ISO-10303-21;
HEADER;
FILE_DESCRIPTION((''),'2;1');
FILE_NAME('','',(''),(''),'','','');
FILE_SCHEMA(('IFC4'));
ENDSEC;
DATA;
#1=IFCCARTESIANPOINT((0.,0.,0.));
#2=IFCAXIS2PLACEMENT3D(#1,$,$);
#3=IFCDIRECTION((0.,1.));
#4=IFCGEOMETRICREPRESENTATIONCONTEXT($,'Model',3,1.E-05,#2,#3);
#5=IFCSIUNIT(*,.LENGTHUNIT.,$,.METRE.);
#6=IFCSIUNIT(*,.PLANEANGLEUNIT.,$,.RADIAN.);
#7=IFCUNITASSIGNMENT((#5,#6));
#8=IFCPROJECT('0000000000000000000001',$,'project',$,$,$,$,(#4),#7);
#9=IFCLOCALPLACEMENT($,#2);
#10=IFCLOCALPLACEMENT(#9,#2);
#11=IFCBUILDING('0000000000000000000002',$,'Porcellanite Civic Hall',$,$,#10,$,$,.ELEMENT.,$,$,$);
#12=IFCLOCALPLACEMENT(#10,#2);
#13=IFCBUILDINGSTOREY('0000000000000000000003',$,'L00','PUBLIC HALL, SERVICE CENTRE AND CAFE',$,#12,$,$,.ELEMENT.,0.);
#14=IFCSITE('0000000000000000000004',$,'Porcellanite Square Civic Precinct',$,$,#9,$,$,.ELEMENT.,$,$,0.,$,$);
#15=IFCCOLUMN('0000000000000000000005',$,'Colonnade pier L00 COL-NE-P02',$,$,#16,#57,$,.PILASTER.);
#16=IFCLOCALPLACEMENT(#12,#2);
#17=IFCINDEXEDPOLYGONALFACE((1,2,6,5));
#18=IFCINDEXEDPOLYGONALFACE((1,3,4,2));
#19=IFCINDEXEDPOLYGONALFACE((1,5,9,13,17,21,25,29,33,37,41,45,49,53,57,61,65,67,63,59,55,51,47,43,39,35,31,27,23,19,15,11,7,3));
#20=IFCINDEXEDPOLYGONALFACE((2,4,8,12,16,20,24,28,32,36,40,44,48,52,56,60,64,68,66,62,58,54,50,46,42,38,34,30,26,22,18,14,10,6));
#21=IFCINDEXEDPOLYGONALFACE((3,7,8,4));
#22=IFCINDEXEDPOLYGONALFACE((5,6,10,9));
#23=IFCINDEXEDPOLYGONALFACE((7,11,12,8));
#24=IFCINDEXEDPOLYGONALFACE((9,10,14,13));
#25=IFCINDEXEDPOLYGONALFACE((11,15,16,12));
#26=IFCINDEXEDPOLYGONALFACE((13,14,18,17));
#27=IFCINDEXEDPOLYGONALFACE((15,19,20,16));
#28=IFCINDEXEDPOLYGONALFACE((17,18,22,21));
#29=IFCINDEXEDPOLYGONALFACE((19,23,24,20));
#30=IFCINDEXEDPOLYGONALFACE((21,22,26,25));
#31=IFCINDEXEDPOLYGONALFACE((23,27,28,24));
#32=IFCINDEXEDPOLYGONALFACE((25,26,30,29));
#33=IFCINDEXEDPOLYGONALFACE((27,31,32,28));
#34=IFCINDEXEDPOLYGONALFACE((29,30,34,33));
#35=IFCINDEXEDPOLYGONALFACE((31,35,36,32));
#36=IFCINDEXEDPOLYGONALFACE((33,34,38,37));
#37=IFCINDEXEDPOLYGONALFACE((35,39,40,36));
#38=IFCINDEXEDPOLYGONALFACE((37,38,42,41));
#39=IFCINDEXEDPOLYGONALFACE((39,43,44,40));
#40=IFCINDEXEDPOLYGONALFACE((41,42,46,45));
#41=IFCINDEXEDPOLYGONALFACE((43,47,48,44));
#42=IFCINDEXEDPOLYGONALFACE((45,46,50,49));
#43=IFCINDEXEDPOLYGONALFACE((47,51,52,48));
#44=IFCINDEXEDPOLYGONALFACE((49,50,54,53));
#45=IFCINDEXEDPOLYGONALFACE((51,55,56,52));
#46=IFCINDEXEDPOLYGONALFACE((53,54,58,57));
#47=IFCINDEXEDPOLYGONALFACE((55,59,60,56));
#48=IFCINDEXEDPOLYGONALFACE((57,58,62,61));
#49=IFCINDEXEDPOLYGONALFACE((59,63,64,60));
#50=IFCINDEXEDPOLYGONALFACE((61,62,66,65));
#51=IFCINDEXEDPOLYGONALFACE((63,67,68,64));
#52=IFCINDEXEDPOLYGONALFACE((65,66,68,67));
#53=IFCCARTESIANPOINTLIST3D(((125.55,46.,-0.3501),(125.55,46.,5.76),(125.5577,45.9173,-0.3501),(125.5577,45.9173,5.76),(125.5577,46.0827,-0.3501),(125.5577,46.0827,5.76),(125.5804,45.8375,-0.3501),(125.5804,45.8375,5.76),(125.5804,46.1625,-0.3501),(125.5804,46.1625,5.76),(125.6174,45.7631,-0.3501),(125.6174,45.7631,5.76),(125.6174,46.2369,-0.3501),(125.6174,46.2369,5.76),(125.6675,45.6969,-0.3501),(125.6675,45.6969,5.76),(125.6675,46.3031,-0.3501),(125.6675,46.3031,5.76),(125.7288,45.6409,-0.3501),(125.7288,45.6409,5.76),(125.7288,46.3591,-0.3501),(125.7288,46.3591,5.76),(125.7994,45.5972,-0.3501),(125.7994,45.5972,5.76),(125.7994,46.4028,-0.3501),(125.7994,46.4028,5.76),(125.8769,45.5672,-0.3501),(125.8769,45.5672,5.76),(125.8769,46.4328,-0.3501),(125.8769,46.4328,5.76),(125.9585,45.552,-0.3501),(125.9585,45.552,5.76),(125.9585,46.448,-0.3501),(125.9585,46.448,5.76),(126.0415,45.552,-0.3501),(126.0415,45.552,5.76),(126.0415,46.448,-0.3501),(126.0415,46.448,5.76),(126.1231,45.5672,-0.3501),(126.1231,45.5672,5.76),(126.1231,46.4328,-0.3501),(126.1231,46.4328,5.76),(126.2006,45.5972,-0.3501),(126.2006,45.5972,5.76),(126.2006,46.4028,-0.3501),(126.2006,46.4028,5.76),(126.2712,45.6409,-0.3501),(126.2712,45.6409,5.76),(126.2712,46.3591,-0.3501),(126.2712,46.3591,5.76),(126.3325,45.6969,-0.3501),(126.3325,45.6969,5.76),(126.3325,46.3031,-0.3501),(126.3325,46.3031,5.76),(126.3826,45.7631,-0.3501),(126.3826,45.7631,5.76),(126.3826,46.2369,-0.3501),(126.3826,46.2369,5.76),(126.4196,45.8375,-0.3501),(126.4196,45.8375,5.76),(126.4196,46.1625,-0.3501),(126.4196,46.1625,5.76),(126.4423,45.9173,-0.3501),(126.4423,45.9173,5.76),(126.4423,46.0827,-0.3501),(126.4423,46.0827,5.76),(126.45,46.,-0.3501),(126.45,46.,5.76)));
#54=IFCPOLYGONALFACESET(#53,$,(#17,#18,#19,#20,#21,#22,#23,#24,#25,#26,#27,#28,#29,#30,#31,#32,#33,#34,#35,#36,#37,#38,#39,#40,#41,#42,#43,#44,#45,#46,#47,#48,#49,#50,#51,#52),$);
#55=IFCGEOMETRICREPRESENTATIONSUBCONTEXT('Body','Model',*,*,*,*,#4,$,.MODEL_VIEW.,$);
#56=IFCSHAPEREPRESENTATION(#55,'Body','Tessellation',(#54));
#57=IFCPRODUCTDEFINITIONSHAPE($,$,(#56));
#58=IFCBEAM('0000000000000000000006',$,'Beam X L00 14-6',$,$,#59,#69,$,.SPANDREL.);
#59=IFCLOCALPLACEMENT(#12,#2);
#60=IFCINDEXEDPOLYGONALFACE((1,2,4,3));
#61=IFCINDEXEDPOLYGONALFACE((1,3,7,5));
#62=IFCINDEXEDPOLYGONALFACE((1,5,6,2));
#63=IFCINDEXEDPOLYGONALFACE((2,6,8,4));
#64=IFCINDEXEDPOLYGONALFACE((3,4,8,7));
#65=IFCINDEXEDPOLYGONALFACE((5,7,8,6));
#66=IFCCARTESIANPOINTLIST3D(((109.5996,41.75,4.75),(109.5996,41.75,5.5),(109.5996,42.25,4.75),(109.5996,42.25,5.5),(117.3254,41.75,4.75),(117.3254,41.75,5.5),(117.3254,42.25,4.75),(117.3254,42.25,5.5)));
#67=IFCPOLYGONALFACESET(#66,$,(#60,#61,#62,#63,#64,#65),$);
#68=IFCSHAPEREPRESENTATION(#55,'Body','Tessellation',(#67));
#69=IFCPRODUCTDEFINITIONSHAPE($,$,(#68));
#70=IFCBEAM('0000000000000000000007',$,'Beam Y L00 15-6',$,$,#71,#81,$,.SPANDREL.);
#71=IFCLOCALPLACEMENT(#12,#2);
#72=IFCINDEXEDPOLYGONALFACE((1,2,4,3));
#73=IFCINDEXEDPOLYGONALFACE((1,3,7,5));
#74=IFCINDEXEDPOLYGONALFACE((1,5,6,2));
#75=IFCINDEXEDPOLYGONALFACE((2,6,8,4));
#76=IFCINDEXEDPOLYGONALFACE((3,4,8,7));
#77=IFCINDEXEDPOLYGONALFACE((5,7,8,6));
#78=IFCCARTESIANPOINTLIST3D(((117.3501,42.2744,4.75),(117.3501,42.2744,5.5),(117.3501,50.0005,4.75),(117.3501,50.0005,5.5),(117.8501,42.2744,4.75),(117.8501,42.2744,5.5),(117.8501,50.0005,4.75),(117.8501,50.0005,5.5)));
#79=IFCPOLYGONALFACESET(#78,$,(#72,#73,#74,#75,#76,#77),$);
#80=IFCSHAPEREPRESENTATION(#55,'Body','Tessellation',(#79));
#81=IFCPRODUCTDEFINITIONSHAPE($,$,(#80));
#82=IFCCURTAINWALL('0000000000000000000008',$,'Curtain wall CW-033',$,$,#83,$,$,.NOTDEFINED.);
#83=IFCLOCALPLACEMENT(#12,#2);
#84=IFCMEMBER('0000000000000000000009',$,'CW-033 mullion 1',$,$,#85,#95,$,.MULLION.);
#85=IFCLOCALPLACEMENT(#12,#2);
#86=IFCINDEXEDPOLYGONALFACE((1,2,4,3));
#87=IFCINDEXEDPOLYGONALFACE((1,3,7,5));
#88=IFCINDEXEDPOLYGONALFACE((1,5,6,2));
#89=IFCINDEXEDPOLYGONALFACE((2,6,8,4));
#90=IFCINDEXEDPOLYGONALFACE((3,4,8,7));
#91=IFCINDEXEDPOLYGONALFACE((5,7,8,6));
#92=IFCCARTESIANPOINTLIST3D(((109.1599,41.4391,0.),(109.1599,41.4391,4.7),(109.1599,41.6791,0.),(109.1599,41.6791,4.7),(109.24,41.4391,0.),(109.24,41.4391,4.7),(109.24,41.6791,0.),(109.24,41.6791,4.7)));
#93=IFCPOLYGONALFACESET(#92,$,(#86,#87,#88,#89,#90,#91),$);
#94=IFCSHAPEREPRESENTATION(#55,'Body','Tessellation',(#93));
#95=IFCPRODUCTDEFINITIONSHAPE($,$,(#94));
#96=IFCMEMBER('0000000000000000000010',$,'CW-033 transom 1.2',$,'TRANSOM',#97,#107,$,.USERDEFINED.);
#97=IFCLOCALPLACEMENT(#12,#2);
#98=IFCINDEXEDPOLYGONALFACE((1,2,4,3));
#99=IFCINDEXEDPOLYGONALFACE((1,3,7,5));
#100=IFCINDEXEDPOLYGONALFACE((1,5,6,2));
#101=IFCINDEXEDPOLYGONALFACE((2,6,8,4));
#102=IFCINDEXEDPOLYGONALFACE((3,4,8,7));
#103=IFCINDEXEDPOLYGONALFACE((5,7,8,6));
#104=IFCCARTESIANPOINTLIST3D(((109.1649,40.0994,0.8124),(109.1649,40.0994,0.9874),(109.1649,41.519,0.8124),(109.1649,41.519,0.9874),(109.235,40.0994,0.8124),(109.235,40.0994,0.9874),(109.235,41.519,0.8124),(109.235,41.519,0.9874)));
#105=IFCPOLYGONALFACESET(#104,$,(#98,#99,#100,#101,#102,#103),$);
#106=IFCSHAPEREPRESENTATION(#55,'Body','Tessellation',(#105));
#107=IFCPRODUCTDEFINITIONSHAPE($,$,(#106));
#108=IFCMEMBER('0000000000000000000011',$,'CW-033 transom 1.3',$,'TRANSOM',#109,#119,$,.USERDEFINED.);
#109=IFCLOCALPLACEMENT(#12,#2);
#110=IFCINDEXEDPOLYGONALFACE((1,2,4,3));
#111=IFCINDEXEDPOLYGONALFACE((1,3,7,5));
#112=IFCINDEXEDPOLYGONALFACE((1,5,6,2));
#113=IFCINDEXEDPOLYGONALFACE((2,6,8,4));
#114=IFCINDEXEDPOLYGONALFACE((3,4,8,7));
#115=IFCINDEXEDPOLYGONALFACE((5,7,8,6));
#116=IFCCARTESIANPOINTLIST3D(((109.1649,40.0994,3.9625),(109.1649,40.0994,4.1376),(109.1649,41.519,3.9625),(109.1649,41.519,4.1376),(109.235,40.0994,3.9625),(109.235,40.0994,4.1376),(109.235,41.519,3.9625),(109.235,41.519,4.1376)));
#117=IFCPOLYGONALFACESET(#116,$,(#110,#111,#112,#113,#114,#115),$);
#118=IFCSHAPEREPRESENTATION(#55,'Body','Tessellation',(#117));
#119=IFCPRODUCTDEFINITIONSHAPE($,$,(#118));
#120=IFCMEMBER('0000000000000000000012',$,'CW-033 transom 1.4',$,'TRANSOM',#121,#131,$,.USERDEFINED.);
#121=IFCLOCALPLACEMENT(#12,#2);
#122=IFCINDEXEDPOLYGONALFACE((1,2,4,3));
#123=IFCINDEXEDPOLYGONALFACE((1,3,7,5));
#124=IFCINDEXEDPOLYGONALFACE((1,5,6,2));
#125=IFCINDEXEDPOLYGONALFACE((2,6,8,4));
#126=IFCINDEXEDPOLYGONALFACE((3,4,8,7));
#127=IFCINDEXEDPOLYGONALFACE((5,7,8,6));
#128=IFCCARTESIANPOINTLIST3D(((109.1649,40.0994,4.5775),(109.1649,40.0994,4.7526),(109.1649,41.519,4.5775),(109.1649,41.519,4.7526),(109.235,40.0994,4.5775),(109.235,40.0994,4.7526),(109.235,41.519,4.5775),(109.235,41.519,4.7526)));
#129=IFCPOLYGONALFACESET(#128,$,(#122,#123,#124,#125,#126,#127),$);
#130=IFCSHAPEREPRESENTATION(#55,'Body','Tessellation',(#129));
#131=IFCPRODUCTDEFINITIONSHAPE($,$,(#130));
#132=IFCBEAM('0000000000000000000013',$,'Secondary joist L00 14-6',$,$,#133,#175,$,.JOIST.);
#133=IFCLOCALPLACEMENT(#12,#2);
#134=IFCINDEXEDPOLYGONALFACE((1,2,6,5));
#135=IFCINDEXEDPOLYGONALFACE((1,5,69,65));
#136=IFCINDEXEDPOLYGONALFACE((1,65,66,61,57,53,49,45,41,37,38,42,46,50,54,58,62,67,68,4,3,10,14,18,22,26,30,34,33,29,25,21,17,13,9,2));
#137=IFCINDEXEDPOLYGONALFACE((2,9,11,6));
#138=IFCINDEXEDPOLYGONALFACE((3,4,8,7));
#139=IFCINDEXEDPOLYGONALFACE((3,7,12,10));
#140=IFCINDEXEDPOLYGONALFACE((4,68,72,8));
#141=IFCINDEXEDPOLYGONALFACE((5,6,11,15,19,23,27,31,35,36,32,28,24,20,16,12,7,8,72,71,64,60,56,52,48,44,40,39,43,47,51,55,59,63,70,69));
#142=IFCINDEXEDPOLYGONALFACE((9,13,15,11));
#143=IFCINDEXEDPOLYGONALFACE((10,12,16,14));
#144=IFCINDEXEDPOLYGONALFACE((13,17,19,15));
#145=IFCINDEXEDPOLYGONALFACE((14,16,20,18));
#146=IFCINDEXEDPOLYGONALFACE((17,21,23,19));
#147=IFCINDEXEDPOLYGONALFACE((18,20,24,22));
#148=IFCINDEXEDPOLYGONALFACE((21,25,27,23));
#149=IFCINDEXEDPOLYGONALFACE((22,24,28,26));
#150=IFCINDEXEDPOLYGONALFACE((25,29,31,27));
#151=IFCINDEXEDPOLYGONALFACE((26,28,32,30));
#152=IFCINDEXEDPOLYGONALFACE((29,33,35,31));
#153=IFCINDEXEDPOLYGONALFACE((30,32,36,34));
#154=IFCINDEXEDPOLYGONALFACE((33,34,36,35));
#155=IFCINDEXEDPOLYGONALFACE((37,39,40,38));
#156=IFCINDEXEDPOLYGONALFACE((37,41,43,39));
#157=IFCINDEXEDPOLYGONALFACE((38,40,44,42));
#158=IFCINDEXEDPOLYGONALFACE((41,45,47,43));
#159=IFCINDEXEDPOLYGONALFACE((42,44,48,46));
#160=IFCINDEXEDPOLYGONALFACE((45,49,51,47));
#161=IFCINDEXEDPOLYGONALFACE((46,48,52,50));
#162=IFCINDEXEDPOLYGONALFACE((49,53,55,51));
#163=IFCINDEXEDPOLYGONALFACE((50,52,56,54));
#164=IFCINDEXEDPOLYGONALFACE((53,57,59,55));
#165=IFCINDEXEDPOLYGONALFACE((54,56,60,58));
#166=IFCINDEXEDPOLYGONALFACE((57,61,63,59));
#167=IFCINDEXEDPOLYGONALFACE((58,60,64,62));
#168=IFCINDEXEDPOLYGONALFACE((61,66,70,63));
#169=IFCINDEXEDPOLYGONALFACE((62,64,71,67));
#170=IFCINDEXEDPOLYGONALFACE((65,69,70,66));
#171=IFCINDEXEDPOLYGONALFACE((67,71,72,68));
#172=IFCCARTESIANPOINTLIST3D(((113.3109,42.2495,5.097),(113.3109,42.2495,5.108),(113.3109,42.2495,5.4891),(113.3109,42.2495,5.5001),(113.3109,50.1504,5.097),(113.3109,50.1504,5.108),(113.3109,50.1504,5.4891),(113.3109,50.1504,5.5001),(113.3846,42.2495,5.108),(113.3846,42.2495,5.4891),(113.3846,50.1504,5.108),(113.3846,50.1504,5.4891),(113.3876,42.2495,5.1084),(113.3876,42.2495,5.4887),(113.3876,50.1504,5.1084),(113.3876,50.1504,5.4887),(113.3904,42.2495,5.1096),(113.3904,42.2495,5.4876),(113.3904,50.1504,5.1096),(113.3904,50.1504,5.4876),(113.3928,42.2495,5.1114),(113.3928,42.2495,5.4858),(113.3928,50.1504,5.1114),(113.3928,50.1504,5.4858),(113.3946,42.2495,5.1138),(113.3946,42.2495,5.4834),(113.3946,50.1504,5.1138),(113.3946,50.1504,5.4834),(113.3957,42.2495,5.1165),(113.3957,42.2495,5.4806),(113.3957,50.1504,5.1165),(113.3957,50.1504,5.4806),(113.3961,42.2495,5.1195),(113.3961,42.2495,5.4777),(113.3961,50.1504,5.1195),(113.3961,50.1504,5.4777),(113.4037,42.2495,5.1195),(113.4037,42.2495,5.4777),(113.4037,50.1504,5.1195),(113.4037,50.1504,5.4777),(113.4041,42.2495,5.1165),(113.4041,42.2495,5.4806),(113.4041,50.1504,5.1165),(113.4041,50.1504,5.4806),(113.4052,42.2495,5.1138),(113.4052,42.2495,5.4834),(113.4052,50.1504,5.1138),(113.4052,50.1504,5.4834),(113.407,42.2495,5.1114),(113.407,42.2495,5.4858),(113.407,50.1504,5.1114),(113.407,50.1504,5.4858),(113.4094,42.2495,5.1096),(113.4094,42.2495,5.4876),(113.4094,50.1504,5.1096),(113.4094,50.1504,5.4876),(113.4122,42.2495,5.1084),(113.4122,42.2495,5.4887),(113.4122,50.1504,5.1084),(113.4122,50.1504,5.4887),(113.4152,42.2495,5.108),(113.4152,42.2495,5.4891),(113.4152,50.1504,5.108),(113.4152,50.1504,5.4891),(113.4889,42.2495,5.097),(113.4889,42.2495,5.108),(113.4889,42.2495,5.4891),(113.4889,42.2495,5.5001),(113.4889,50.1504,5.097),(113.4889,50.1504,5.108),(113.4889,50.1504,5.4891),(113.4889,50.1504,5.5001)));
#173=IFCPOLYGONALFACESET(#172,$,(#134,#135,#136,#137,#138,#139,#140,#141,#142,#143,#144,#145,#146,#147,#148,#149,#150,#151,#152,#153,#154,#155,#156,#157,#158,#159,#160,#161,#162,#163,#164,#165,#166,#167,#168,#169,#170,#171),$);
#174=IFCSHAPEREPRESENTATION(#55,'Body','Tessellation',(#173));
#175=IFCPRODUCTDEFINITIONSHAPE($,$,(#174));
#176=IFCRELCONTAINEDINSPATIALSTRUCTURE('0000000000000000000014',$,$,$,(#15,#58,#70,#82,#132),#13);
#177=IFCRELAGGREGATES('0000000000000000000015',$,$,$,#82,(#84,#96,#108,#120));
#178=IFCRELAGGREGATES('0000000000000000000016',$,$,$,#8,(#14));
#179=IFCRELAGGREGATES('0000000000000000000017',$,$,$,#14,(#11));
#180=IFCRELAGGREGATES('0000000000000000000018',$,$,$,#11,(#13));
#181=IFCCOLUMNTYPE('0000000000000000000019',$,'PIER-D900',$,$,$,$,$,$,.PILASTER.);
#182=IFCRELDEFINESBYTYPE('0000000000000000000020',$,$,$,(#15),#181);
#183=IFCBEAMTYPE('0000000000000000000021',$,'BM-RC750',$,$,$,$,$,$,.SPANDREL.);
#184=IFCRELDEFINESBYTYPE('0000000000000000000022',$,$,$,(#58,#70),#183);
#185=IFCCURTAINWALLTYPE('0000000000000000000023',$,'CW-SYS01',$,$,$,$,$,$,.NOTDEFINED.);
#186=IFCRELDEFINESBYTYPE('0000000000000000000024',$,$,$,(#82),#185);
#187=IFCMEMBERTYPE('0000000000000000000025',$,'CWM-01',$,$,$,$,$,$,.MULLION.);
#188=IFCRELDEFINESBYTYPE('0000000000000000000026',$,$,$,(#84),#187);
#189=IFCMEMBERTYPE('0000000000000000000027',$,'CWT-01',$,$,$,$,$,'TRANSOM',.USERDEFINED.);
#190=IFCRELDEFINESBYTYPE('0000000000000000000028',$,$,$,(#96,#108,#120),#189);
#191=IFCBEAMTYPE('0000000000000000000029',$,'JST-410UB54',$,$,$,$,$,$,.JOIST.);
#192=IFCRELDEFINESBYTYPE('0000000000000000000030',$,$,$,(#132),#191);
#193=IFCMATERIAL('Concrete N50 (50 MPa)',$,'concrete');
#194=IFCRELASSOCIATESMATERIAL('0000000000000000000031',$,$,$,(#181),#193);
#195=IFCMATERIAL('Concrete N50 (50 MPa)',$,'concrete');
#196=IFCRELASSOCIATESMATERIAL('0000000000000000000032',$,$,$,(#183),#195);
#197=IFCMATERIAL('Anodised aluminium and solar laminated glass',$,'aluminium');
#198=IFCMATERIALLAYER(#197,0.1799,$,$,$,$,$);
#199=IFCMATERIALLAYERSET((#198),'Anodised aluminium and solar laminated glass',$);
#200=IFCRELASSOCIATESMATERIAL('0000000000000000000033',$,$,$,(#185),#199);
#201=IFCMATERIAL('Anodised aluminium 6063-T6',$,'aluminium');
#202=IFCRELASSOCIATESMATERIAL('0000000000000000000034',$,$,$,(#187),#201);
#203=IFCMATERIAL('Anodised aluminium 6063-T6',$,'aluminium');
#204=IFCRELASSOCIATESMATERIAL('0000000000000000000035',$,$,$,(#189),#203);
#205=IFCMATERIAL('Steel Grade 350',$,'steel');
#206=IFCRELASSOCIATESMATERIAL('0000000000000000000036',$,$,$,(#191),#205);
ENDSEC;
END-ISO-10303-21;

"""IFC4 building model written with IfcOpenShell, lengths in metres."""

from ifc_helpers import new_model, si_unit, direction, frame, origin, origin_2d, place, context, subcontext, project, spatial, rectangle, circle, i_section, extrude, material, layer, layer_set, material_profile, profile_set, type_object, element, aggregate, save


model = new_model("IFC4")

# Units and contexts
model_context = context("Model", 3, precision=1e-05, world=origin(), true_north=direction((0.0, 1.0)))
body_context = subcontext(model_context, "Body", "Model", "MODEL_VIEW")
ifc_project = project(units=[si_unit("LENGTHUNIT", "METRE"), si_unit("PLANEANGLEUNIT", "RADIAN")], contexts=[model_context])

# Site, building, storey
site_placement = place(None, origin())
site = spatial("IfcSite", under=ifc_project, at=site_placement, Name="Porcellanite Square Civic Precinct", CompositionType="ELEMENT", RefElevation=0.0)
building_placement = place(site_placement, origin())
building = spatial("IfcBuilding", under=site, at=building_placement, Name="Porcellanite Civic Hall", CompositionType="ELEMENT")
storey_placement = place(building_placement, origin())
storey = spatial("IfcBuildingStorey", under=building, at=storey_placement, Name="L00", Description="PUBLIC HALL, SERVICE CENTRE AND CAFE", CompositionType="ELEMENT", Elevation=0.0)

# Column
ifc_material_1 = material(Name="Concrete N50 (50 MPa)", Category="concrete")
ifc_material_profile_1 = material_profile(ifc_material_1, circle(Radius=0.45, at=origin_2d()), Name="RC-D900")
ifc_profile_set_1 = profile_set([ifc_material_profile_1], Name="Concrete N50 (50 MPa)")
column_type_1 = type_object("IfcColumnType", Name="PIER-D900", PredefinedType="PILASTER", material=ifc_profile_set_1)
column_1_placement = place(storey_placement, frame((126.0, 46.0, -0.3501), z_axis=(0.0, 0.0, 1.0), x_axis=(1.0, 0.0, 0.0)))
element("IfcColumn", 1, at=column_1_placement, inside=storey, type_object=column_type_1, Name="Colonnade pier L00 COL-NE-P02", PredefinedType="PILASTER", context=body_context, shape_type="SweptSolid", body=[
    extrude(circle(Radius=0.45, at=origin_2d()), origin(), (0.0, 0.0, 1.0), 6.1101),
])

# Beams
ifc_material_2 = material(Name="Concrete N50 (50 MPa)", Category="concrete")
ifc_material_profile_2 = material_profile(ifc_material_2, rectangle(XDim=0.5, YDim=0.75, at=origin_2d()), Name="RC-500x750")
ifc_profile_set_2 = profile_set([ifc_material_profile_2], Name="Concrete N50 (50 MPa)")
beam_type_1 = type_object("IfcBeamType", Name="BM-RC750", PredefinedType="SPANDREL", material=ifc_profile_set_2)
beam_1_placement = place(storey_placement, frame((109.5996, 42.0, 5.125), z_axis=(1.0, 0.0, 0.0), x_axis=(0.0, 1.0, 0.0)))
element("IfcBeam", 2, at=beam_1_placement, inside=storey, type_object=beam_type_1, Name="Beam X L00 14-6", PredefinedType="SPANDREL", context=body_context, shape_type="SweptSolid", body=[
    extrude(rectangle(XDim=0.5, YDim=0.75, at=origin_2d()), origin(), (0.0, 0.0, 1.0), 7.7258),
])
beam_2_placement = place(storey_placement, frame((117.6001, 42.2744, 5.125), z_axis=(0.0, 1.0, 0.0), x_axis=(-1.0, 0.0, 0.0)))
element("IfcBeam", 3, at=beam_2_placement, inside=storey, type_object=beam_type_1, Name="Beam Y L00 15-6", PredefinedType="SPANDREL", context=body_context, shape_type="SweptSolid", body=[
    extrude(rectangle(XDim=0.5, YDim=0.75, at=origin_2d()), origin(), (0.0, 0.0, 1.0), 7.7261),
])

# Curtain wall, members
ifc_material_3 = material(Name="Anodised aluminium and solar laminated glass", Category="aluminium")
ifc_layer_1 = layer(ifc_material_3, 0.1799)
ifc_layer_set_1 = layer_set([ifc_layer_1], Name="Anodised aluminium and solar laminated glass")
curtain_wall_type = type_object("IfcCurtainWallType", Name="CW-SYS01", PredefinedType="NOTDEFINED", material=ifc_layer_set_1)
curtain_wall_placement = place(storey_placement, origin())
curtain_wall = element("IfcCurtainWall", 4, at=curtain_wall_placement, inside=storey, type_object=curtain_wall_type, Name="Curtain wall CW-033", PredefinedType="NOTDEFINED")
ifc_material_4 = material(Name="Anodised aluminium 6063-T6", Category="aluminium")
ifc_material_profile_3 = material_profile(ifc_material_4, rectangle(XDim=0.0801, YDim=0.24, at=origin_2d()), Name="AL-80x240")
ifc_profile_set_3 = profile_set([ifc_material_profile_3], Name="Anodised aluminium 6063-T6")
member_type_1 = type_object("IfcMemberType", Name="CWM-01", PredefinedType="MULLION", material=ifc_profile_set_3)
member_1_placement = place(storey_placement, frame((109.2, 41.5591, 0.0), z_axis=(0.0, 0.0, 1.0), x_axis=(1.0, 0.0, 0.0)))
member_1 = element("IfcMember", 5, at=member_1_placement, type_object=member_type_1, Name="CW-033 mullion 1", PredefinedType="MULLION", context=body_context, shape_type="SweptSolid", body=[
    extrude(rectangle(XDim=0.0801, YDim=0.24, at=origin_2d()), origin(), (0.0, 0.0, 1.0), 4.7),
])
ifc_material_5 = material(Name="Anodised aluminium 6063-T6", Category="aluminium")
ifc_material_profile_4 = material_profile(ifc_material_5, rectangle(XDim=0.0701, YDim=0.175, at=origin_2d()), Name="AL-70x175")
ifc_profile_set_4 = profile_set([ifc_material_profile_4], Name="Anodised aluminium 6063-T6")
member_type_2 = type_object("IfcMemberType", Name="CWT-01", ElementType="TRANSOM", PredefinedType="USERDEFINED", material=ifc_profile_set_4)
member_2_placement = place(storey_placement, frame((109.2, 41.519, 0.8999), z_axis=(0.0, -1.0, 0.0), x_axis=(1.0, 0.0, 0.0)))
member_2 = element("IfcMember", 6, at=member_2_placement, type_object=member_type_2, Name="CW-033 transom 1.2", ObjectType="TRANSOM", PredefinedType="USERDEFINED", context=body_context, shape_type="SweptSolid", body=[
    extrude(rectangle(XDim=0.0701, YDim=0.175, at=origin_2d()), origin(), (0.0, 0.0, 1.0), 1.4197),
])
member_3_placement = place(storey_placement, frame((109.2, 41.519, 4.05), z_axis=(0.0, -1.0, 0.0), x_axis=(1.0, 0.0, 0.0)))
member_3 = element("IfcMember", 7, at=member_3_placement, type_object=member_type_2, Name="CW-033 transom 1.3", ObjectType="TRANSOM", PredefinedType="USERDEFINED", context=body_context, shape_type="SweptSolid", body=[
    extrude(rectangle(XDim=0.0701, YDim=0.175, at=origin_2d()), origin(), (0.0, 0.0, 1.0), 1.4197),
])
member_4_placement = place(storey_placement, frame((109.2, 41.519, 4.665), z_axis=(0.0, -1.0, 0.0), x_axis=(1.0, 0.0, 0.0)))
member_4 = element("IfcMember", 8, at=member_4_placement, type_object=member_type_2, Name="CW-033 transom 1.4", ObjectType="TRANSOM", PredefinedType="USERDEFINED", context=body_context, shape_type="SweptSolid", body=[
    extrude(rectangle(XDim=0.0701, YDim=0.175, at=origin_2d()), origin(), (0.0, 0.0, 1.0), 1.4197),
])
aggregate(curtain_wall, [member_1, member_2, member_3, member_4])

# Beam
ifc_material_6 = material(Name="Steel Grade 350", Category="steel")
ifc_material_profile_5 = material_profile(ifc_material_6, i_section(OverallWidth=0.178, OverallDepth=0.4031, WebThickness=0.0076, FlangeThickness=0.011, FilletRadius=0.0115, at=origin_2d()), Name="410UB53.7")
ifc_profile_set_5 = profile_set([ifc_material_profile_5], Name="Steel Grade 350")
beam_type_2 = type_object("IfcBeamType", Name="JST-410UB54", PredefinedType="JOIST", material=ifc_profile_set_5)
beam_3_placement = place(storey_placement, frame((113.3999, 42.2495, 5.2986), z_axis=(0.0, 1.0, 0.0), x_axis=(-1.0, 0.0, 0.0)))
element("IfcBeam", 9, at=beam_3_placement, inside=storey, type_object=beam_type_2, Name="Secondary joist L00 14-6", PredefinedType="JOIST", context=body_context, shape_type="SweptSolid", body=[
    extrude(i_section(OverallWidth=0.178, OverallDepth=0.4031, WebThickness=0.0076, FlangeThickness=0.011, FilletRadius=0.0115, at=origin_2d()), origin(), (0.0, 0.0, 1.0), 7.9009),
])

save(model, "model.ifc")
